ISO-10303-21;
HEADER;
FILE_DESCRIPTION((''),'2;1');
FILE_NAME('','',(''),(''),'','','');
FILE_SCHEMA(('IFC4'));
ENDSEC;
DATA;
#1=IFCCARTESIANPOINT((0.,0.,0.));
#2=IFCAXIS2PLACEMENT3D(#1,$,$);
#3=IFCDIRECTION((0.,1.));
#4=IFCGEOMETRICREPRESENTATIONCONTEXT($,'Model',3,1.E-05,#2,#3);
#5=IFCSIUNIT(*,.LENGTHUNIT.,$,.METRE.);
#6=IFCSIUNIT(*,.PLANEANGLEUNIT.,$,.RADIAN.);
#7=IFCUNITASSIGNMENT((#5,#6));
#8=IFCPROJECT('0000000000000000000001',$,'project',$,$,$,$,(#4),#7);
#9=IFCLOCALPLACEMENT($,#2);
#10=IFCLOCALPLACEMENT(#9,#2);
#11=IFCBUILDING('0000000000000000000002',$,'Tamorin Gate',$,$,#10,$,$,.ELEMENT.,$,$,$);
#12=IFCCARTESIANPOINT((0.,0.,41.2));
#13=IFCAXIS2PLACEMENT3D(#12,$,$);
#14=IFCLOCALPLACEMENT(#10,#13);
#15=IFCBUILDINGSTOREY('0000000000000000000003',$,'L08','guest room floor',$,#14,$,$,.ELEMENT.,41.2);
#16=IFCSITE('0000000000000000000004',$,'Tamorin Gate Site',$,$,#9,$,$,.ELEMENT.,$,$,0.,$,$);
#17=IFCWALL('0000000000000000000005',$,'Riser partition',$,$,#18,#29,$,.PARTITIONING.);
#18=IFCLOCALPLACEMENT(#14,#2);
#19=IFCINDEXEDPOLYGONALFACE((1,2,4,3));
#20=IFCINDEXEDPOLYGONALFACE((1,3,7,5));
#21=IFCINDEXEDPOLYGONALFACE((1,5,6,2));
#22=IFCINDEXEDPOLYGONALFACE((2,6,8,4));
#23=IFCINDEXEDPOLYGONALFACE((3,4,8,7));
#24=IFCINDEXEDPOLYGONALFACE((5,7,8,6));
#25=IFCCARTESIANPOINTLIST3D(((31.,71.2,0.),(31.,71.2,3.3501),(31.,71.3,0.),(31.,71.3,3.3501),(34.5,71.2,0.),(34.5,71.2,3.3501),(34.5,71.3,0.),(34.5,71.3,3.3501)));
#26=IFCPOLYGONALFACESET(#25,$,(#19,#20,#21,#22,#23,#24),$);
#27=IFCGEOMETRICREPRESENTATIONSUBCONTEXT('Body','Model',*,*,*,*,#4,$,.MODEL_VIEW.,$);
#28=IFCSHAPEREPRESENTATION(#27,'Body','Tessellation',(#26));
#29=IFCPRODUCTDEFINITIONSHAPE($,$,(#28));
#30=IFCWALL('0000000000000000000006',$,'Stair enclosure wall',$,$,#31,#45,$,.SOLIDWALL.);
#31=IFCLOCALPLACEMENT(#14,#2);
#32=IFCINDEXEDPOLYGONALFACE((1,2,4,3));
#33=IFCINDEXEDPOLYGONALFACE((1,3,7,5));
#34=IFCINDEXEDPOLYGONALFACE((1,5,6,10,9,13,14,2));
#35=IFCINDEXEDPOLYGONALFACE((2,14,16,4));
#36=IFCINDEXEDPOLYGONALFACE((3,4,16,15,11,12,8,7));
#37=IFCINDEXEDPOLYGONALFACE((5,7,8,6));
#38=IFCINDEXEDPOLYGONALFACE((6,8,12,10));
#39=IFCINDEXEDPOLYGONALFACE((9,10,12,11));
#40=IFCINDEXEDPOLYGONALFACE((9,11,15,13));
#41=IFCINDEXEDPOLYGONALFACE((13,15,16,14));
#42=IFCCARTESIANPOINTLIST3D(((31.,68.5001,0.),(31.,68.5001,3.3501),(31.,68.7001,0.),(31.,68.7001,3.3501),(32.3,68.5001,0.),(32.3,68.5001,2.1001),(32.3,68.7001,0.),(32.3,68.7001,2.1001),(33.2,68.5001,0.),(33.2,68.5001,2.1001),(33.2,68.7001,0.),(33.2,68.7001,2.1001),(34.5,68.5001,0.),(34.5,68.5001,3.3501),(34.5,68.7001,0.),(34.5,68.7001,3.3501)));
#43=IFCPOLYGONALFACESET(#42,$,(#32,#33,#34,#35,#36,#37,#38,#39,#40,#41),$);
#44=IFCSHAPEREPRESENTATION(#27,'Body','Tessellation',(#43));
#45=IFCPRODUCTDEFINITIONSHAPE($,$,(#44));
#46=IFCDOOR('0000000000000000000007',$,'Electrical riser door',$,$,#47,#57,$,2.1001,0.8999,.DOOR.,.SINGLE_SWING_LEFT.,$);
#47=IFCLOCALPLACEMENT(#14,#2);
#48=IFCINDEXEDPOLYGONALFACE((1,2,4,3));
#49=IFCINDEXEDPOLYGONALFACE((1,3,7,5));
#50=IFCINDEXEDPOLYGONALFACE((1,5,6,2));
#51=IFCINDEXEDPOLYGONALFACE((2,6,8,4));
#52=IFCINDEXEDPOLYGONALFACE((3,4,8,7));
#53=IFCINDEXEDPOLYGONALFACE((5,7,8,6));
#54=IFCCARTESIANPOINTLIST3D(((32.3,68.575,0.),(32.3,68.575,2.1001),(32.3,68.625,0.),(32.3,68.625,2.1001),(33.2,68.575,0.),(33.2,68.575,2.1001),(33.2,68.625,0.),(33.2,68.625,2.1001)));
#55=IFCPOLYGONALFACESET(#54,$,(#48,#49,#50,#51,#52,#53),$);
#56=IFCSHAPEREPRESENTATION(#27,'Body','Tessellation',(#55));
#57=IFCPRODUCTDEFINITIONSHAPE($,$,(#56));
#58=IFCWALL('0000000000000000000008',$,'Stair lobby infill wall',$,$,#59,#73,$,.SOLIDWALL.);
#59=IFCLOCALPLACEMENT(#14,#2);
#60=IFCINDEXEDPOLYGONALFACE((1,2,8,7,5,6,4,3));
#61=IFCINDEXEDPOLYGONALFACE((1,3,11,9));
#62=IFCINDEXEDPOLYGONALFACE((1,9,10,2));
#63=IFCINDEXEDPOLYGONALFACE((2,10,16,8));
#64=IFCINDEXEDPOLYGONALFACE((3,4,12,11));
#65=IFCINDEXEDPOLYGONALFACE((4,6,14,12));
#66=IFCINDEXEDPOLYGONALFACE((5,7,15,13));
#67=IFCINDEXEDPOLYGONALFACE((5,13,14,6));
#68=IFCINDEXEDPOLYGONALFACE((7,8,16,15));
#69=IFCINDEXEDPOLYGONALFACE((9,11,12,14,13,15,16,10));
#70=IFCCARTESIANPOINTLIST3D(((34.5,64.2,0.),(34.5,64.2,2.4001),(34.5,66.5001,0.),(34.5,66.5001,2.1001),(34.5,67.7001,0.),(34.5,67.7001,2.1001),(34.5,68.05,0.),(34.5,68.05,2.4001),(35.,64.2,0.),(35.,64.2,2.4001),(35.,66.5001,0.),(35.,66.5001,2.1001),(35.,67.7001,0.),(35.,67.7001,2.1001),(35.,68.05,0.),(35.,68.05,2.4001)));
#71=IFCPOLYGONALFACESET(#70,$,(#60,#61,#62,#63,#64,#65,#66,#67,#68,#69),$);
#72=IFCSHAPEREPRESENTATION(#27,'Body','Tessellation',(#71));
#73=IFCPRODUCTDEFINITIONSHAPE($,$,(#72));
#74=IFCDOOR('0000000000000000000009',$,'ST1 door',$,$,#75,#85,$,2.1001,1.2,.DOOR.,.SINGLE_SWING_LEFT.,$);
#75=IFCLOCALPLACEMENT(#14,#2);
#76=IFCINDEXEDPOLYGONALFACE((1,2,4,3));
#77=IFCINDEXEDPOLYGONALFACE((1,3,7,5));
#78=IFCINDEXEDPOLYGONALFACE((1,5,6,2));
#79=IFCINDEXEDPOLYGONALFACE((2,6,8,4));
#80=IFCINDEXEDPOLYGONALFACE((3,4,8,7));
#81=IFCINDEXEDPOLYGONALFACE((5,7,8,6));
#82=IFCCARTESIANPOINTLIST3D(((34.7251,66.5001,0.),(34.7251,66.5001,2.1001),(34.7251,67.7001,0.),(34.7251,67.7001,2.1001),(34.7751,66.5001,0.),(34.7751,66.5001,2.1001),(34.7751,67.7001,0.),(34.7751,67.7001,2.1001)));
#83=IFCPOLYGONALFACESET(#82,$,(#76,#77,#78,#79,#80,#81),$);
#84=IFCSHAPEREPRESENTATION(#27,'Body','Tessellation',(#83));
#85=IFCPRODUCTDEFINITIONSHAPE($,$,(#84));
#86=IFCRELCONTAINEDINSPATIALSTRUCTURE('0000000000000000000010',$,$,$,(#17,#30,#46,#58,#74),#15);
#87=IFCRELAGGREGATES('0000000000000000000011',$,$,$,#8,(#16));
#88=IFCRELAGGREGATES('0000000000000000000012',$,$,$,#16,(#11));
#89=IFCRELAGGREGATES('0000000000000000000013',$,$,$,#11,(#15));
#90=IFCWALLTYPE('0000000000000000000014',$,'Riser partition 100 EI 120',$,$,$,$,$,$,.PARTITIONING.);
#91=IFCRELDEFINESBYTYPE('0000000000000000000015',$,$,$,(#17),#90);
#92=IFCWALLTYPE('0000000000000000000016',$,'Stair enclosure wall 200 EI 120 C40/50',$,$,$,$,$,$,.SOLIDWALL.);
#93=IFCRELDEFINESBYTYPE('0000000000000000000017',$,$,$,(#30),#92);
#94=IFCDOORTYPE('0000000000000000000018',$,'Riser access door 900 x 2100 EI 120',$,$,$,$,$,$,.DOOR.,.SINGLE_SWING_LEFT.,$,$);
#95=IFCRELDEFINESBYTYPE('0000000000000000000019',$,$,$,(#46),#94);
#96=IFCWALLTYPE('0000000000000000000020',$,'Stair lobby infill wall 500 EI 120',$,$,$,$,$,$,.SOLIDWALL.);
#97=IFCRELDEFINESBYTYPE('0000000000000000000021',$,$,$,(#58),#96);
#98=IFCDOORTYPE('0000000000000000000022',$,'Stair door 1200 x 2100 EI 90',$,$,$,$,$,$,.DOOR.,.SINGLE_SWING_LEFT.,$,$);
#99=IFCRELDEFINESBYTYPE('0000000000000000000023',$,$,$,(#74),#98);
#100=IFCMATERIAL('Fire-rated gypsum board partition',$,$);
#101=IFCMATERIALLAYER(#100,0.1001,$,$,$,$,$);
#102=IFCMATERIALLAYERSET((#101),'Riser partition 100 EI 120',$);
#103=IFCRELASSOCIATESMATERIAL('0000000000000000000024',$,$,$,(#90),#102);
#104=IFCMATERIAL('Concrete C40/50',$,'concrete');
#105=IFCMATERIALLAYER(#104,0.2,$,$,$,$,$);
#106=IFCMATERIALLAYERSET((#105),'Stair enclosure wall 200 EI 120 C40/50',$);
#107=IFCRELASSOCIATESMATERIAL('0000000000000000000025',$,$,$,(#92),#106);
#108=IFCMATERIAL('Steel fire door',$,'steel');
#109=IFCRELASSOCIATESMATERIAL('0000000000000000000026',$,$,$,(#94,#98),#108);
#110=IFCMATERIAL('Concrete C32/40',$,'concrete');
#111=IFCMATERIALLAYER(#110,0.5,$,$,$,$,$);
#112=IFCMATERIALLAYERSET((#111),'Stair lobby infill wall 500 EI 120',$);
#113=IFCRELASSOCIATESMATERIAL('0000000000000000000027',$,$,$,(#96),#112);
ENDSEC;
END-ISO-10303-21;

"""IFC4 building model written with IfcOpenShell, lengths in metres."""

from ifc_helpers import new_model, si_unit, direction, frame, frame_2d, origin, place, context, subcontext, project, spatial, rectangle, extrude, material, layer, layer_set, type_object, element, fill, save


model = new_model("IFC4")

# Units and contexts
model_context = context("Model", 3, precision=1e-05, world=origin(), true_north=direction((0.0, 1.0)))
body_context = subcontext(model_context, "Body", "Model", "MODEL_VIEW")
ifc_project = project(units=[si_unit("LENGTHUNIT", "METRE"), si_unit("PLANEANGLEUNIT", "RADIAN")], contexts=[model_context])

# Site, building, storey
site_placement = place(None, origin())
site = spatial("IfcSite", under=ifc_project, at=site_placement, Name="Tamorin Gate Site", CompositionType="ELEMENT", RefElevation=0.0)
building_placement = place(site_placement, origin())
building = spatial("IfcBuilding", under=site, at=building_placement, Name="Tamorin Gate", CompositionType="ELEMENT")
storey_placement = place(building_placement, frame((0.0, 0.0, 41.2)))
storey = spatial("IfcBuildingStorey", under=building, at=storey_placement, Name="L08", Description="guest room floor", CompositionType="ELEMENT", Elevation=41.2)

# Shared definitions
ifc_material_1 = material(Name="Concrete C32/40", Category="concrete")

# Wall
ifc_material_2 = material(Name="Fire-rated gypsum board partition")
ifc_layer_1 = layer(ifc_material_2, 0.1001)
ifc_layer_set_1 = layer_set([ifc_layer_1], Name="Riser partition 100 EI 120")
wall_type_1 = type_object("IfcWallType", Name="Riser partition 100 EI 120", PredefinedType="PARTITIONING", material=ifc_layer_set_1)
wall_1_placement = place(storey_placement, frame((31.0, 71.25, 0.0), z_axis=(0.0, 0.0, 1.0), x_axis=(1.0, 0.0, 0.0)))
element("IfcWall", 1, at=wall_1_placement, inside=storey, type_object=wall_type_1, Name="Riser partition", PredefinedType="PARTITIONING", context=body_context, shape_type="SweptSolid", body=[
    extrude(rectangle(XDim=3.5, YDim=0.1001, at=frame_2d((1.75, 0.0))), origin(), (0.0, 0.0, 1.0), 3.3501),
])

# Walls, openings, doors
ifc_material_3 = material(Name="Concrete C40/50", Category="concrete")
ifc_layer_2 = layer(ifc_material_3, 0.2)
ifc_layer_set_2 = layer_set([ifc_layer_2], Name="Stair enclosure wall 200 EI 120 C40/50")
wall_type_2 = type_object("IfcWallType", Name="Stair enclosure wall 200 EI 120 C40/50", PredefinedType="SOLIDWALL", material=ifc_layer_set_2)
wall_2_placement = place(storey_placement, frame((31.0, 68.6001, 0.0), z_axis=(0.0, 0.0, 1.0), x_axis=(1.0, 0.0, 0.0)))
wall_2 = element("IfcWall", 2, at=wall_2_placement, inside=storey, type_object=wall_type_2, Name="Stair enclosure wall", PredefinedType="SOLIDWALL", context=body_context, shape_type="SweptSolid", body=[
    extrude(rectangle(XDim=3.5, YDim=0.2, at=frame_2d((1.75, 0.0))), origin(), (0.0, 0.0, 1.0), 3.3501),
])
opening_1_placement = place(wall_2_placement, frame((1.3, 0.0, 0.0)))
opening_1 = element("IfcOpeningElement", 3, at=opening_1_placement, cuts=wall_2, PredefinedType="OPENING", context=body_context, shape_type="SweptSolid", body=[
    extrude(rectangle(XDim=0.8999, YDim=2.1001, at=frame_2d((0.45, 1.05))), frame((0.0, 0.1099, 0.0), z_axis=(0.0, -1.0, 0.0), x_axis=(1.0, 0.0, 0.0)), (0.0, 0.0, 1.0), 0.22),
])
ifc_material_4 = material(Name="Steel fire door", Category="steel")
door_type_1 = type_object("IfcDoorType", Name="Riser access door 900 x 2100 EI 120", OperationType="SINGLE_SWING_LEFT", PredefinedType="DOOR", material=ifc_material_4)
door_1_placement = place(opening_1_placement, origin())
door_1 = element("IfcDoor", 4, at=door_1_placement, inside=storey, type_object=door_type_1, Name="Electrical riser door", OperationType="SINGLE_SWING_LEFT", OverallHeight=2.1001, OverallWidth=0.8999, PredefinedType="DOOR", context=body_context, shape_type="SweptSolid", body=[
    extrude(rectangle(XDim=0.8999, YDim=2.1001, at=frame_2d((0.45, 1.05))), frame((0.0, 0.0249, 0.0), z_axis=(0.0, -1.0, 0.0), x_axis=(1.0, 0.0, 0.0)), (0.0, 0.0, 1.0), 0.05),
])
fill(opening_1, door_1)
ifc_layer_3 = layer(ifc_material_1, 0.5)
ifc_layer_set_3 = layer_set([ifc_layer_3], Name="Stair lobby infill wall 500 EI 120")
wall_type_3 = type_object("IfcWallType", Name="Stair lobby infill wall 500 EI 120", PredefinedType="SOLIDWALL", material=ifc_layer_set_3)
wall_3_placement = place(storey_placement, frame((34.75, 64.2, 0.0), z_axis=(0.0, 0.0, 1.0), x_axis=(0.0, 1.0, 0.0)))
wall_3 = element("IfcWall", 5, at=wall_3_placement, inside=storey, type_object=wall_type_3, Name="Stair lobby infill wall", PredefinedType="SOLIDWALL", context=body_context, shape_type="SweptSolid", body=[
    extrude(rectangle(XDim=3.8501, YDim=0.5, at=frame_2d((1.925, 0.0))), origin(), (0.0, 0.0, 1.0), 2.4001),
])
opening_2_placement = place(wall_3_placement, frame((2.3, 0.0, 0.0)))
opening_2 = element("IfcOpeningElement", 6, at=opening_2_placement, cuts=wall_3, PredefinedType="OPENING", context=body_context, shape_type="SweptSolid", body=[
    extrude(rectangle(XDim=1.2, YDim=2.1001, at=frame_2d((0.6001, 1.05))), frame((0.0, 0.26, 0.0), z_axis=(0.0, -1.0, 0.0), x_axis=(1.0, 0.0, 0.0)), (0.0, 0.0, 1.0), 0.52),
])
door_type_2 = type_object("IfcDoorType", Name="Stair door 1200 x 2100 EI 90", OperationType="SINGLE_SWING_LEFT", PredefinedType="DOOR", material=ifc_material_4)
door_2_placement = place(opening_2_placement, origin())
door_2 = element("IfcDoor", 7, at=door_2_placement, inside=storey, type_object=door_type_2, Name="ST1 door", OperationType="SINGLE_SWING_LEFT", OverallHeight=2.1001, OverallWidth=1.2, PredefinedType="DOOR", context=body_context, shape_type="SweptSolid", body=[
    extrude(rectangle(XDim=1.2, YDim=2.1001, at=frame_2d((0.6001, 1.05))), frame((0.0, 0.0249, 0.0), z_axis=(0.0, -1.0, 0.0), x_axis=(1.0, 0.0, 0.0)), (0.0, 0.0, 1.0), 0.05),
])
fill(opening_2, door_2)

save(model, "model.ifc")
